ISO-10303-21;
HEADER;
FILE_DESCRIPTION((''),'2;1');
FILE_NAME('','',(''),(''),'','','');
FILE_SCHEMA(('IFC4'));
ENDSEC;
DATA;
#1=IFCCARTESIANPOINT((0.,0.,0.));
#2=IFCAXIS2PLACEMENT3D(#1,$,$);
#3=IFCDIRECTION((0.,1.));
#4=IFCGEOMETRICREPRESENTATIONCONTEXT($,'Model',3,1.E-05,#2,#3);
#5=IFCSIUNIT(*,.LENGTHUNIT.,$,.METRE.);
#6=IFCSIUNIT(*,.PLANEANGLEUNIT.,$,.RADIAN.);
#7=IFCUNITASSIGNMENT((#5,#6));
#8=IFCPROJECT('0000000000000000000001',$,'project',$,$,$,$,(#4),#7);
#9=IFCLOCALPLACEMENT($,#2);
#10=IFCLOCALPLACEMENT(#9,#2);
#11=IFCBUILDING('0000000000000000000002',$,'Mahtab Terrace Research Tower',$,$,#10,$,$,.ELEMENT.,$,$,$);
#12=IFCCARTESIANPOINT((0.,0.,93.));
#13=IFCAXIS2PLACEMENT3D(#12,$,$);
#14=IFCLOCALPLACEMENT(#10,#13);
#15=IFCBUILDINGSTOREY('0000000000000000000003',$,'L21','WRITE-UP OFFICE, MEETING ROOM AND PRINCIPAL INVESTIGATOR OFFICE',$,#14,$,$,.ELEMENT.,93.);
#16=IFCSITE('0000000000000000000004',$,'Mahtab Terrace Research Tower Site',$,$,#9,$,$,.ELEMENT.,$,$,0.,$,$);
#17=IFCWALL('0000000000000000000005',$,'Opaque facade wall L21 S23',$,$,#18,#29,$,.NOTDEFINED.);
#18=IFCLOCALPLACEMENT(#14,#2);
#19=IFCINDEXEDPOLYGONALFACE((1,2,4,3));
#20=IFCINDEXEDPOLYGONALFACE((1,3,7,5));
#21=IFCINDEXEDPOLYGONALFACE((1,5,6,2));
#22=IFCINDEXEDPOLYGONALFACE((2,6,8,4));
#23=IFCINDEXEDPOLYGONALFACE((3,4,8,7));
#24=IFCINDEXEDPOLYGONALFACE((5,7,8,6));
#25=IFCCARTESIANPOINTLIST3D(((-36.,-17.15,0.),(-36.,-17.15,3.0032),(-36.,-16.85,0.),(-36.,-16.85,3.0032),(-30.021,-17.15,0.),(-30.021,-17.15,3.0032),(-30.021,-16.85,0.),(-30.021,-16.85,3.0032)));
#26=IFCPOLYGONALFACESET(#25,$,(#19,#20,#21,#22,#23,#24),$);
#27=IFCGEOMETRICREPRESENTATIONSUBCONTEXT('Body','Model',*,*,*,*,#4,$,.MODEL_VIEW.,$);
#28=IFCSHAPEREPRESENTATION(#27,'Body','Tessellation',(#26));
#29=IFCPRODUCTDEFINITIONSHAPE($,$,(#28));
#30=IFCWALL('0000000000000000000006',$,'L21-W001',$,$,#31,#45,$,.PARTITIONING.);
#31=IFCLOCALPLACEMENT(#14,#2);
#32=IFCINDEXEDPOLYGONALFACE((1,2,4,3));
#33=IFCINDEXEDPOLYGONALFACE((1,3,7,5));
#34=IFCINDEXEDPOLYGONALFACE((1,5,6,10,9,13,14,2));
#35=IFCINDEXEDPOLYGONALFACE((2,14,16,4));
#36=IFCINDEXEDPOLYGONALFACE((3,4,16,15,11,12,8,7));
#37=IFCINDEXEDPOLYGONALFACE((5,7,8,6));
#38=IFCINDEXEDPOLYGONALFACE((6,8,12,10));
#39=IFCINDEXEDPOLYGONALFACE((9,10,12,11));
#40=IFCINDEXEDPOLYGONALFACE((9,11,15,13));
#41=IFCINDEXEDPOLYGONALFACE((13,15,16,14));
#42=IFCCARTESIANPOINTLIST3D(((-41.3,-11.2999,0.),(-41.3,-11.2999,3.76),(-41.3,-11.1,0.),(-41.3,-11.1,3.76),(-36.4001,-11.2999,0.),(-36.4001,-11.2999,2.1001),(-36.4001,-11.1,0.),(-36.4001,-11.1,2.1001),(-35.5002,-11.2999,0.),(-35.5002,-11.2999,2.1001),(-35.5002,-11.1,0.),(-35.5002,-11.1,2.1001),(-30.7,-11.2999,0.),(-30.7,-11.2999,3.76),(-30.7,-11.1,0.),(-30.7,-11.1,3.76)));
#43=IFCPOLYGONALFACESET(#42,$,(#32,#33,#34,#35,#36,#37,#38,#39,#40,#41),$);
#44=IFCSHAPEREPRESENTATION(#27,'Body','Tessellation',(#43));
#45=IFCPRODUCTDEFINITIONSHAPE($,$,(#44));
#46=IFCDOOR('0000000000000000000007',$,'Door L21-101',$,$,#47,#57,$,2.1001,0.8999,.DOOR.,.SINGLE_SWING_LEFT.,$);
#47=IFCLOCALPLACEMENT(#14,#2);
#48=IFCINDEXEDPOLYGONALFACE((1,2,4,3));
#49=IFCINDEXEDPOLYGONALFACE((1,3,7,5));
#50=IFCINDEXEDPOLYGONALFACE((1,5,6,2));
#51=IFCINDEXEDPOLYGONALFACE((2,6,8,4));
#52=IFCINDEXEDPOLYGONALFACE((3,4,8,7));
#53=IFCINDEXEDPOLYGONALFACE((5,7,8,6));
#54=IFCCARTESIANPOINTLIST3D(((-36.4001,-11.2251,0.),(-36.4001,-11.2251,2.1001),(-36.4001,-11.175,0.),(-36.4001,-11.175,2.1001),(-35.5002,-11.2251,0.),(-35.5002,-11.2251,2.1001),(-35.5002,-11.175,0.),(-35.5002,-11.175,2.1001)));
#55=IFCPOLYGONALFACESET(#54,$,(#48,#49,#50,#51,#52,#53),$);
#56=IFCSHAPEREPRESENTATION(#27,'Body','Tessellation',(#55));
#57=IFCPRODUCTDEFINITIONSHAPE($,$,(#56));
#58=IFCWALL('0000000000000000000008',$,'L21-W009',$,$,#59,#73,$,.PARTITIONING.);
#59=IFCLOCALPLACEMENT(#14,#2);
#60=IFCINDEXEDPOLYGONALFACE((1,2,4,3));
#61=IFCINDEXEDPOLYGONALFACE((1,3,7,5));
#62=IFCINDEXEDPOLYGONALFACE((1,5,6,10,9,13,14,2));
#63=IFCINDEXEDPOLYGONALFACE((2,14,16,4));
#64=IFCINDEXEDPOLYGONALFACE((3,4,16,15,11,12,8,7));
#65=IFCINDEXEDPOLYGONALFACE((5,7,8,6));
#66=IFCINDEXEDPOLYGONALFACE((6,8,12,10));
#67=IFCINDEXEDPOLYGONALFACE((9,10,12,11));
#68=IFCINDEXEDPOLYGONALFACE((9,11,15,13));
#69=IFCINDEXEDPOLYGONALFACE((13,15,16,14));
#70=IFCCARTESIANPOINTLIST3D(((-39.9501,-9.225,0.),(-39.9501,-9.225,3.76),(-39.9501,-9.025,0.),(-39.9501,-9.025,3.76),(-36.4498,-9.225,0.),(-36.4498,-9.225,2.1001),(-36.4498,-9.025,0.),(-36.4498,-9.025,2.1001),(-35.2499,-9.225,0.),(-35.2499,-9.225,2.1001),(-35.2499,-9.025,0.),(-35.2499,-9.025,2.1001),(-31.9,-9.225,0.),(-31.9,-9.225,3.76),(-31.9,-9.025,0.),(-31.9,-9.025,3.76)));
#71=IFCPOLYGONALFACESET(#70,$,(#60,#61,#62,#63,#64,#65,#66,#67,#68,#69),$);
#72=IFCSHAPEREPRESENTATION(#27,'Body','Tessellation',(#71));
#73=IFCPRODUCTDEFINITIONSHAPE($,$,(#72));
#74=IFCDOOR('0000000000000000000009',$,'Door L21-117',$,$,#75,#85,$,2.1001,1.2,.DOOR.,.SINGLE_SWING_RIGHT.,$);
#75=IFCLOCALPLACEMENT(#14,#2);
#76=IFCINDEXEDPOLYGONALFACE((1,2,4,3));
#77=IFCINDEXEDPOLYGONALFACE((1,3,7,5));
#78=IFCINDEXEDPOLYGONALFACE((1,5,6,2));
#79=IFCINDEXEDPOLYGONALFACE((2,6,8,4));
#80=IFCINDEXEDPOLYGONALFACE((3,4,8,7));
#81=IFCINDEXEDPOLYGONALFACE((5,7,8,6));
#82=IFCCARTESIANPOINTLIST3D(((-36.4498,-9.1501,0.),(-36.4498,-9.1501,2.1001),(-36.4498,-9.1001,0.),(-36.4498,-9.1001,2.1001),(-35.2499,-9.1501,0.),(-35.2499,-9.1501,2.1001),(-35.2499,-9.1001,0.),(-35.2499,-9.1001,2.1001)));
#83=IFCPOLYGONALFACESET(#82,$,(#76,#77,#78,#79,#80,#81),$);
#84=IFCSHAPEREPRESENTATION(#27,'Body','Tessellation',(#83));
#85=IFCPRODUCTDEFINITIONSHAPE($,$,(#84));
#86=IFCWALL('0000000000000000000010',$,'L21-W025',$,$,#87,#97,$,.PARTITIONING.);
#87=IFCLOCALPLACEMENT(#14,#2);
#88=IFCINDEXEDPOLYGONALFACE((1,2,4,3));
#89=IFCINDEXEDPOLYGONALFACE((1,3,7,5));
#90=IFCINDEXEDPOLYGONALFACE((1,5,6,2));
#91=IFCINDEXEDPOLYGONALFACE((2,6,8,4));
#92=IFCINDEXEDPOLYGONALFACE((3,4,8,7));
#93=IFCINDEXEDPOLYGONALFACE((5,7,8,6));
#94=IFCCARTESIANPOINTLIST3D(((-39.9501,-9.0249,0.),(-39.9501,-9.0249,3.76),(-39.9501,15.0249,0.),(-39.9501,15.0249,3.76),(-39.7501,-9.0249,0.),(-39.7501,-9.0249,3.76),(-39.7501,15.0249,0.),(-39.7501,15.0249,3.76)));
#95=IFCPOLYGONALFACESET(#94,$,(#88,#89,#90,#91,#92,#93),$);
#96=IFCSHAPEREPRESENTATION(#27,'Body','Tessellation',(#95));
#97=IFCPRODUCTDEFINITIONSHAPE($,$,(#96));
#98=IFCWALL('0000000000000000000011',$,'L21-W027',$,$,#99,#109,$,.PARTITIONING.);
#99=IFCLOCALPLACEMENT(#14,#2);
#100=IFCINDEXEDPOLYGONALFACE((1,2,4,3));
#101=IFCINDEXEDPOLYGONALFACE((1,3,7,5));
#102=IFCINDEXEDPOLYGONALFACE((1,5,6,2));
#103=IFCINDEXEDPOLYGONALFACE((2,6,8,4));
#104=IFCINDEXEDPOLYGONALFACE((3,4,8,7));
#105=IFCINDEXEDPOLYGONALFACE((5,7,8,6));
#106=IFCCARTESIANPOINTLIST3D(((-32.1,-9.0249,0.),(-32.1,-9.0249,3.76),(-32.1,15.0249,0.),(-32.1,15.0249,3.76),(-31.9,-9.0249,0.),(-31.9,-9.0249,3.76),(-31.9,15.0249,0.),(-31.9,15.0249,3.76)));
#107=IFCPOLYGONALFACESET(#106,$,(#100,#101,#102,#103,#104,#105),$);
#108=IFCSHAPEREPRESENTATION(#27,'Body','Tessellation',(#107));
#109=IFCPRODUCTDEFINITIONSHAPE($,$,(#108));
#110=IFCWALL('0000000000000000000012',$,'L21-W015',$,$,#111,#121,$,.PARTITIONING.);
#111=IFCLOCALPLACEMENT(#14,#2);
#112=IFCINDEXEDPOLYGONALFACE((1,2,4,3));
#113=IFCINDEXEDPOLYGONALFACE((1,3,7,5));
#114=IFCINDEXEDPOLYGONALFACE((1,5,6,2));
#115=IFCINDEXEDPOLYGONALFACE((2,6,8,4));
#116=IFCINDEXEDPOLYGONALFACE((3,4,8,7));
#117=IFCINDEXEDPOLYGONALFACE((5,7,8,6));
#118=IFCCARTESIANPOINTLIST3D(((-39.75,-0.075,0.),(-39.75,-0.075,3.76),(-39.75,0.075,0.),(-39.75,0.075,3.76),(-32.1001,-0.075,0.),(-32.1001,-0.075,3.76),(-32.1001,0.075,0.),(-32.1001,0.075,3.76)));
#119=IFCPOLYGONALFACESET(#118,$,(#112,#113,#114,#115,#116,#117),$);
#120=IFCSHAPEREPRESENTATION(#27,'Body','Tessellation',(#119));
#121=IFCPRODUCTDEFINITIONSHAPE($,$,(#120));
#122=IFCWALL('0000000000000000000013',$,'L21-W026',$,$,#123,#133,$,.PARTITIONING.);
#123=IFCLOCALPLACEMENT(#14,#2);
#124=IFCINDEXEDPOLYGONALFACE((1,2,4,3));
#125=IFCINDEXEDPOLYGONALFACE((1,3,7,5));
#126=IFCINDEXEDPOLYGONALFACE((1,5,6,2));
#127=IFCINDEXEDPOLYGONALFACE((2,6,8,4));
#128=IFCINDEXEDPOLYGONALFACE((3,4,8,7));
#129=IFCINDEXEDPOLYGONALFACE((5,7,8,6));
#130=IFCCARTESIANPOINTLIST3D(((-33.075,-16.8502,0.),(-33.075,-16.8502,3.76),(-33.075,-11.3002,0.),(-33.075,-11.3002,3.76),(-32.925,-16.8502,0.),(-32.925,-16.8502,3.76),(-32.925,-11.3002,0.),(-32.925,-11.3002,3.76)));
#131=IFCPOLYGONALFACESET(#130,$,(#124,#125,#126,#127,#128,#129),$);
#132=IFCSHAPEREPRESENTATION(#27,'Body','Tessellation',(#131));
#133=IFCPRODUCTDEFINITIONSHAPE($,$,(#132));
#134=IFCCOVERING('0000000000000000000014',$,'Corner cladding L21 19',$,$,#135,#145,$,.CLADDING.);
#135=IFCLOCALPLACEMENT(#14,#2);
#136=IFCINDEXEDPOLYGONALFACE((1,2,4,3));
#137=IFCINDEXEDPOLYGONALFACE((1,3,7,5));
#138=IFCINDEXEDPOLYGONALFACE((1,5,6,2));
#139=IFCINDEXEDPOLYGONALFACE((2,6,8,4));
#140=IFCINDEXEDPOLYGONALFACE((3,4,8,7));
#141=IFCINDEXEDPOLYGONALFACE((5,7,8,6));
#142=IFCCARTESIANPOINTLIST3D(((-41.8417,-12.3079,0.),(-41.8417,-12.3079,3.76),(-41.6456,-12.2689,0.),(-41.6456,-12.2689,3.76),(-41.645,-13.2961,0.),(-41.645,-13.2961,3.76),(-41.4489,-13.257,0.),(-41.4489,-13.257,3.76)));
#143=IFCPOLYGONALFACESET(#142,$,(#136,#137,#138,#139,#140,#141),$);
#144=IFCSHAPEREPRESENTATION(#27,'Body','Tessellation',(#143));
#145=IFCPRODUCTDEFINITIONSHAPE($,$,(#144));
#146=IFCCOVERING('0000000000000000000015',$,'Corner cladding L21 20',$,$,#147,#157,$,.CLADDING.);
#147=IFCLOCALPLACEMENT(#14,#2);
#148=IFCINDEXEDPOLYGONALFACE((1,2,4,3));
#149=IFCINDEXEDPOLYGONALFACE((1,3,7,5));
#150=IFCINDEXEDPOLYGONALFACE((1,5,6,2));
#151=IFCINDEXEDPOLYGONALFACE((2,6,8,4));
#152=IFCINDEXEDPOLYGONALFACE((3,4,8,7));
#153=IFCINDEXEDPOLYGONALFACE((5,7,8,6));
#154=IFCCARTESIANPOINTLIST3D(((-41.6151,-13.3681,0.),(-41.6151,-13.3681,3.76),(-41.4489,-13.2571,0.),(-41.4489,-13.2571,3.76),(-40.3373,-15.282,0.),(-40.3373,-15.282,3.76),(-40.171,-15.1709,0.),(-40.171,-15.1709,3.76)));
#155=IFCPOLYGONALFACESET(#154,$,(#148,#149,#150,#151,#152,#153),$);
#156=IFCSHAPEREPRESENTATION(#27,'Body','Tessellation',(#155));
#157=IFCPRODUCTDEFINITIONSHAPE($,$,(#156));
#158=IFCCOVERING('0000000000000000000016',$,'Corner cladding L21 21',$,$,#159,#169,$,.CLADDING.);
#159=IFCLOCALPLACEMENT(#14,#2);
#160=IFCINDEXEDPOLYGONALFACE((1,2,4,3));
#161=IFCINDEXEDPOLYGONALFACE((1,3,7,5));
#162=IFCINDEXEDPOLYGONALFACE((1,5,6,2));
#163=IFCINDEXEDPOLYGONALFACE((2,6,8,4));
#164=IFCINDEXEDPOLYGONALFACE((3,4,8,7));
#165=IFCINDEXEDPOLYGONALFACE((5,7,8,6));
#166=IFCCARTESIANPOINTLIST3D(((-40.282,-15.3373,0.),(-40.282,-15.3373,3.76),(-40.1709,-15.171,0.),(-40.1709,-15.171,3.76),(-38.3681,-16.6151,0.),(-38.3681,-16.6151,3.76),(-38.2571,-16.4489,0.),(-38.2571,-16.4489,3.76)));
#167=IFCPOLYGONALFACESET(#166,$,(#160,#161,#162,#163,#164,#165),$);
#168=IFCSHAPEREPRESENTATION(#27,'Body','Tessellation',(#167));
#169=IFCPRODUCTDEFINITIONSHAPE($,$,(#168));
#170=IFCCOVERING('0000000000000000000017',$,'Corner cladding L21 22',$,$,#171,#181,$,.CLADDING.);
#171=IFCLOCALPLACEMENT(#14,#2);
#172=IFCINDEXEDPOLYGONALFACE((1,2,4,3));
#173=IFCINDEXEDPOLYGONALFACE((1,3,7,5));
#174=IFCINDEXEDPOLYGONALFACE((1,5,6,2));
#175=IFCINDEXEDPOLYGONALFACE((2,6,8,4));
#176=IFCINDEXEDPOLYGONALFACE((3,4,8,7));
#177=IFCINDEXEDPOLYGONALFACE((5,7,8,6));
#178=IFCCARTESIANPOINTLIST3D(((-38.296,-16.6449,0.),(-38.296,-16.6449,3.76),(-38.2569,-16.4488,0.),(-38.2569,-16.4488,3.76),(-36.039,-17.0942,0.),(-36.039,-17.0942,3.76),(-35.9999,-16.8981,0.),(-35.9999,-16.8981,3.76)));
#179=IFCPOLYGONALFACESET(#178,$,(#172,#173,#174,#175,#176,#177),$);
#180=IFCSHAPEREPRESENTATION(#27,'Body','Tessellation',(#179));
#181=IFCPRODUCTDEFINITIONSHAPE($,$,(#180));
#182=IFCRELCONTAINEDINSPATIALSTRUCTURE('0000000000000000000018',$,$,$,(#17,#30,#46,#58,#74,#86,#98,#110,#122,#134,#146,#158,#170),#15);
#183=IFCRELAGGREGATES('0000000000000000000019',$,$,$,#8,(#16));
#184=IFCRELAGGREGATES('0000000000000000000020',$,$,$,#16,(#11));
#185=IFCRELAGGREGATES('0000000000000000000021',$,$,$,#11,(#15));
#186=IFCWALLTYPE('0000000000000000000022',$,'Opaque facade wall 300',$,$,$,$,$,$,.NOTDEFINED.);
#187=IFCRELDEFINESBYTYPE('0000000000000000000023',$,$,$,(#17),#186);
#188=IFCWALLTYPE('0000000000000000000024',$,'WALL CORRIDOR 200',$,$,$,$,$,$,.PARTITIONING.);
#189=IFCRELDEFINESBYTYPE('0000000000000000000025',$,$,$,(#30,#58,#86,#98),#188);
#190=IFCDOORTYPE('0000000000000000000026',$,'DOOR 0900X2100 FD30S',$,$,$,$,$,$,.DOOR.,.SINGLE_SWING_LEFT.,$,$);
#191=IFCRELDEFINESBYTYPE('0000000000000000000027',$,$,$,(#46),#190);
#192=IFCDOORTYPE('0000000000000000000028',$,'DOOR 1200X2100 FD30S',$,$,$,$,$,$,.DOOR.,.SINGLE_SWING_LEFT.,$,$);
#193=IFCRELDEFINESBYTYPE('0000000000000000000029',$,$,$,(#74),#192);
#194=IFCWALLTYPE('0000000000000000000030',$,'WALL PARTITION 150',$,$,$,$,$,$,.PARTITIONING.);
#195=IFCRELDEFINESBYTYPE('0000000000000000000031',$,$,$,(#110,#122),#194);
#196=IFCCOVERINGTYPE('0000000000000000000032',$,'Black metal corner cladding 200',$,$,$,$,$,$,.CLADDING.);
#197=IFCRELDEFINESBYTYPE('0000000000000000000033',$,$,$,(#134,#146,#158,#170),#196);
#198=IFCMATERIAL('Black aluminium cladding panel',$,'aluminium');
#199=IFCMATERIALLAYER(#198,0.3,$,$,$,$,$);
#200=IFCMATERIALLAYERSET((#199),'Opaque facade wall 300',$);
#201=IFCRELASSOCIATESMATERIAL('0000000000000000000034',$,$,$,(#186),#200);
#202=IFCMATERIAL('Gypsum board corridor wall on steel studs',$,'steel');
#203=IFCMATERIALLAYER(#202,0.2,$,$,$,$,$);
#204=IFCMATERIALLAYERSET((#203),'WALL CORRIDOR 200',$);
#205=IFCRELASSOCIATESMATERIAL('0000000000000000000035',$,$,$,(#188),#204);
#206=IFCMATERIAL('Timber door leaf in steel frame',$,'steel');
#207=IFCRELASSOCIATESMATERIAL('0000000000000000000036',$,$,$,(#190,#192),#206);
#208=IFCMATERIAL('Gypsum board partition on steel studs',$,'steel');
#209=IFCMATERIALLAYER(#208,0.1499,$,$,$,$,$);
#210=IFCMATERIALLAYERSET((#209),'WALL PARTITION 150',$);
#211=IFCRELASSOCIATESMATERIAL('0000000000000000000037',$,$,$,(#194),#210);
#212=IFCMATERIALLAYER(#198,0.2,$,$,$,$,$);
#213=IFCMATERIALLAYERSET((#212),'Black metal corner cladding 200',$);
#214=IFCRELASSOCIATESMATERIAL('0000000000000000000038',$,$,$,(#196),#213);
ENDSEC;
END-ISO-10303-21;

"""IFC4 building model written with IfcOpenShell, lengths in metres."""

from ifc_helpers import new_model, si_unit, direction, frame, frame_2d, origin, origin_2d, place, context, subcontext, project, spatial, rectangle, extrude, material, layer, layer_set, type_object, element, fill, save


model = new_model("IFC4")

# Units and contexts
model_context = context("Model", 3, precision=1e-05, world=origin(), true_north=direction((0.0, 1.0)))
body_context = subcontext(model_context, "Body", "Model", "MODEL_VIEW")
ifc_project = project(units=[si_unit("LENGTHUNIT", "METRE"), si_unit("PLANEANGLEUNIT", "RADIAN")], contexts=[model_context])

# Site, building, storey
site_placement = place(None, origin())
site = spatial("IfcSite", under=ifc_project, at=site_placement, Name="Mahtab Terrace Research Tower Site", CompositionType="ELEMENT", RefElevation=0.0)
building_placement = place(site_placement, origin())
building = spatial("IfcBuilding", under=site, at=building_placement, Name="Mahtab Terrace Research Tower", CompositionType="ELEMENT")
storey_placement = place(building_placement, frame((0.0, 0.0, 93.0)))
storey = spatial("IfcBuildingStorey", under=building, at=storey_placement, Name="L21", Description="WRITE-UP OFFICE, MEETING ROOM AND PRINCIPAL INVESTIGATOR OFFICE", CompositionType="ELEMENT", Elevation=93.0)

# Wall
ifc_material_1 = material(Name="Black aluminium cladding panel", Category="aluminium")
ifc_layer_1 = layer(ifc_material_1, 0.3)
ifc_layer_set_1 = layer_set([ifc_layer_1], Name="Opaque facade wall 300")
wall_type_1 = type_object("IfcWallType", Name="Opaque facade wall 300", PredefinedType="NOTDEFINED", material=ifc_layer_set_1)
wall_1_placement = place(storey_placement, frame((-36.0, -17.0, 0.0), z_axis=(0.0, 0.0, 1.0), x_axis=(1.0, 0.0, 0.0)))
element("IfcWall", 1, at=wall_1_placement, inside=storey, type_object=wall_type_1, Name="Opaque facade wall L21 S23", PredefinedType="NOTDEFINED", context=body_context, shape_type="SweptSolid", body=[
    extrude(rectangle(XDim=5.979, YDim=0.3, at=frame_2d((2.9895, 0.0))), origin(), (0.0, 0.0, 1.0), 3.0032),
])

# Walls, openings, doors
ifc_material_2 = material(Name="Gypsum board corridor wall on steel studs", Category="steel")
ifc_layer_2 = layer(ifc_material_2, 0.2)
ifc_layer_set_2 = layer_set([ifc_layer_2], Name="WALL CORRIDOR 200")
wall_type_2 = type_object("IfcWallType", Name="WALL CORRIDOR 200", PredefinedType="PARTITIONING", material=ifc_layer_set_2)
wall_2_placement = place(storey_placement, frame((-41.3, -11.2, 0.0), z_axis=(0.0, 0.0, 1.0), x_axis=(1.0, 0.0, 0.0)))
wall_2 = element("IfcWall", 2, at=wall_2_placement, inside=storey, type_object=wall_type_2, Name="L21-W001", PredefinedType="PARTITIONING", context=body_context, shape_type="SweptSolid", body=[
    extrude(rectangle(XDim=10.6001, YDim=0.2, at=frame_2d((5.3, 0.0))), origin(), (0.0, 0.0, 1.0), 3.76),
])
opening_1_placement = place(wall_2_placement, frame((4.8999, 0.0, 0.0)))
opening_1 = element("IfcOpeningElement", 3, at=opening_1_placement, cuts=wall_2, PredefinedType="OPENING", context=body_context, shape_type="SweptSolid", body=[
    extrude(rectangle(XDim=0.8999, YDim=2.1001, at=frame_2d((0.45, 1.05))), frame((0.0, 0.1099, 0.0), z_axis=(0.0, -1.0, 0.0), x_axis=(1.0, 0.0, 0.0)), (0.0, 0.0, 1.0), 0.22),
])
ifc_material_3 = material(Name="Timber door leaf in steel frame", Category="steel")
door_type_1 = type_object("IfcDoorType", Name="DOOR 0900X2100 FD30S", OperationType="SINGLE_SWING_LEFT", PredefinedType="DOOR", material=ifc_material_3)
door_1_placement = place(opening_1_placement, origin())
door_1 = element("IfcDoor", 4, at=door_1_placement, inside=storey, type_object=door_type_1, Name="Door L21-101", OperationType="SINGLE_SWING_LEFT", OverallHeight=2.1001, OverallWidth=0.8999, PredefinedType="DOOR", context=body_context, shape_type="SweptSolid", body=[
    extrude(rectangle(XDim=0.8999, YDim=2.1001, at=frame_2d((0.45, 1.05))), frame((0.0, 0.0249, 0.0), z_axis=(0.0, -1.0, 0.0), x_axis=(1.0, 0.0, 0.0)), (0.0, 0.0, 1.0), 0.05),
])
fill(opening_1, door_1)
wall_3_placement = place(storey_placement, frame((-39.95, -9.125, 0.0), z_axis=(0.0, 0.0, 1.0), x_axis=(1.0, 0.0, 0.0)))
wall_3 = element("IfcWall", 5, at=wall_3_placement, inside=storey, type_object=wall_type_2, Name="L21-W009", PredefinedType="PARTITIONING", context=body_context, shape_type="SweptSolid", body=[
    extrude(rectangle(XDim=8.05, YDim=0.2, at=frame_2d((4.0249, 0.0))), origin(), (0.0, 0.0, 1.0), 3.76),
])
opening_2_placement = place(wall_3_placement, frame((3.5, 0.0, 0.0)))
opening_2 = element("IfcOpeningElement", 6, at=opening_2_placement, cuts=wall_3, PredefinedType="OPENING", context=body_context, shape_type="SweptSolid", body=[
    extrude(rectangle(XDim=1.2, YDim=2.1001, at=frame_2d((0.6001, 1.05))), frame((0.0, 0.1099, 0.0), z_axis=(0.0, -1.0, 0.0), x_axis=(1.0, 0.0, 0.0)), (0.0, 0.0, 1.0), 0.22),
])
door_type_2 = type_object("IfcDoorType", Name="DOOR 1200X2100 FD30S", OperationType="SINGLE_SWING_LEFT", PredefinedType="DOOR", material=ifc_material_3)
door_2_placement = place(opening_2_placement, origin())
door_2 = element("IfcDoor", 7, at=door_2_placement, inside=storey, type_object=door_type_2, Name="Door L21-117", OperationType="SINGLE_SWING_RIGHT", OverallHeight=2.1001, OverallWidth=1.2, PredefinedType="DOOR", context=body_context, shape_type="SweptSolid", body=[
    extrude(rectangle(XDim=1.2, YDim=2.1001, at=frame_2d((0.6001, 1.05))), frame((0.0, 0.0249, 0.0), z_axis=(0.0, -1.0, 0.0), x_axis=(1.0, 0.0, 0.0)), (0.0, 0.0, 1.0), 0.05),
])
fill(opening_2, door_2)

# Walls
for number, where, z_axis, x_axis, name in (
    (8, (-39.8501, -9.0249, 0.0), (0.0, 0.0, 1.0), (0.0, 1.0, 0.0), "L21-W025"),
    (9, (-32.0, -9.0249, 0.0), (0.0, 0.0, 1.0), (0.0, 1.0, 0.0), "L21-W027"),
):
    element("IfcWall", number, at=place(storey_placement, frame(where, z_axis=z_axis, x_axis=x_axis)), inside=storey, type_object=wall_type_2, Name=name, PredefinedType="PARTITIONING", context=body_context, shape_type="SweptSolid", body=[
        extrude(rectangle(XDim=24.0498, YDim=0.2, at=frame_2d((12.0249, 0.0))), origin(), (0.0, 0.0, 1.0), 3.76),
    ])
ifc_material_4 = material(Name="Gypsum board partition on steel studs", Category="steel")
ifc_layer_3 = layer(ifc_material_4, 0.1499)
ifc_layer_set_3 = layer_set([ifc_layer_3], Name="WALL PARTITION 150")
wall_type_3 = type_object("IfcWallType", Name="WALL PARTITION 150", PredefinedType="PARTITIONING", material=ifc_layer_set_3)
wall_4_placement = place(storey_placement, frame((-39.75, 0.0, 0.0), z_axis=(0.0, 0.0, 1.0), x_axis=(1.0, 0.0, 0.0)))
element("IfcWall", 10, at=wall_4_placement, inside=storey, type_object=wall_type_3, Name="L21-W015", PredefinedType="PARTITIONING", context=body_context, shape_type="SweptSolid", body=[
    extrude(rectangle(XDim=7.6499, YDim=0.1499, at=frame_2d((3.825, 0.0))), origin(), (0.0, 0.0, 1.0), 3.76),
])
wall_5_placement = place(storey_placement, frame((-33.0, -16.8501, 0.0), z_axis=(0.0, 0.0, 1.0), x_axis=(0.0, 1.0, 0.0)))
element("IfcWall", 11, at=wall_5_placement, inside=storey, type_object=wall_type_3, Name="L21-W026", PredefinedType="PARTITIONING", context=body_context, shape_type="SweptSolid", body=[
    extrude(rectangle(XDim=5.55, YDim=0.1499, at=frame_2d((2.7749, 0.0))), origin(), (0.0, 0.0, 1.0), 3.76),
])

# Coverings
ifc_layer_4 = layer(ifc_material_1, 0.2)
ifc_layer_set_4 = layer_set([ifc_layer_4], Name="Black metal corner cladding 200")
covering_type = type_object("IfcCoveringType", Name="Black metal corner cladding 200", PredefinedType="CLADDING", material=ifc_layer_set_4)
covering_placement = place(storey_placement, frame((-41.6453, -12.7825, 0.0), z_axis=(0.0, 0.0, 1.0), x_axis=(0.195212, -0.980761, 0.0)))
element("IfcCovering", 12, at=covering_placement, inside=storey, type_object=covering_type, Name="Corner cladding L21 19", PredefinedType="CLADDING", context=body_context, shape_type="SweptSolid", body=[
    extrude(rectangle(XDim=1.0076, YDim=0.2, at=origin_2d()), origin(), (0.0, 0.0, 1.0), 3.76),
])
for number, where, z_axis, x_axis, name in (
    (13, (-40.8931, -14.2695, 0.0), (0.0, 0.0, 1.0), (0.555291, -0.831656, 0.0), "Corner cladding L21 20"),
    (14, (-39.2695, -15.8931, 0.0), (0.0, 0.0, 1.0), (0.831656, -0.555291, 0.0), "Corner cladding L21 21"),
    (15, (-37.1479, -16.7715, 0.0), (0.0, 0.0, 1.0), (0.980761, -0.195212, 0.0), "Corner cladding L21 22"),
):
    element("IfcCovering", number, at=place(storey_placement, frame(where, z_axis=z_axis, x_axis=x_axis)), inside=storey, type_object=covering_type, Name=name, PredefinedType="CLADDING", context=body_context, shape_type="SweptSolid", body=[
        extrude(rectangle(XDim=2.3013, YDim=0.2, at=origin_2d()), origin(), (0.0, 0.0, 1.0), 3.76),
    ])

save(model, "model.ifc")
